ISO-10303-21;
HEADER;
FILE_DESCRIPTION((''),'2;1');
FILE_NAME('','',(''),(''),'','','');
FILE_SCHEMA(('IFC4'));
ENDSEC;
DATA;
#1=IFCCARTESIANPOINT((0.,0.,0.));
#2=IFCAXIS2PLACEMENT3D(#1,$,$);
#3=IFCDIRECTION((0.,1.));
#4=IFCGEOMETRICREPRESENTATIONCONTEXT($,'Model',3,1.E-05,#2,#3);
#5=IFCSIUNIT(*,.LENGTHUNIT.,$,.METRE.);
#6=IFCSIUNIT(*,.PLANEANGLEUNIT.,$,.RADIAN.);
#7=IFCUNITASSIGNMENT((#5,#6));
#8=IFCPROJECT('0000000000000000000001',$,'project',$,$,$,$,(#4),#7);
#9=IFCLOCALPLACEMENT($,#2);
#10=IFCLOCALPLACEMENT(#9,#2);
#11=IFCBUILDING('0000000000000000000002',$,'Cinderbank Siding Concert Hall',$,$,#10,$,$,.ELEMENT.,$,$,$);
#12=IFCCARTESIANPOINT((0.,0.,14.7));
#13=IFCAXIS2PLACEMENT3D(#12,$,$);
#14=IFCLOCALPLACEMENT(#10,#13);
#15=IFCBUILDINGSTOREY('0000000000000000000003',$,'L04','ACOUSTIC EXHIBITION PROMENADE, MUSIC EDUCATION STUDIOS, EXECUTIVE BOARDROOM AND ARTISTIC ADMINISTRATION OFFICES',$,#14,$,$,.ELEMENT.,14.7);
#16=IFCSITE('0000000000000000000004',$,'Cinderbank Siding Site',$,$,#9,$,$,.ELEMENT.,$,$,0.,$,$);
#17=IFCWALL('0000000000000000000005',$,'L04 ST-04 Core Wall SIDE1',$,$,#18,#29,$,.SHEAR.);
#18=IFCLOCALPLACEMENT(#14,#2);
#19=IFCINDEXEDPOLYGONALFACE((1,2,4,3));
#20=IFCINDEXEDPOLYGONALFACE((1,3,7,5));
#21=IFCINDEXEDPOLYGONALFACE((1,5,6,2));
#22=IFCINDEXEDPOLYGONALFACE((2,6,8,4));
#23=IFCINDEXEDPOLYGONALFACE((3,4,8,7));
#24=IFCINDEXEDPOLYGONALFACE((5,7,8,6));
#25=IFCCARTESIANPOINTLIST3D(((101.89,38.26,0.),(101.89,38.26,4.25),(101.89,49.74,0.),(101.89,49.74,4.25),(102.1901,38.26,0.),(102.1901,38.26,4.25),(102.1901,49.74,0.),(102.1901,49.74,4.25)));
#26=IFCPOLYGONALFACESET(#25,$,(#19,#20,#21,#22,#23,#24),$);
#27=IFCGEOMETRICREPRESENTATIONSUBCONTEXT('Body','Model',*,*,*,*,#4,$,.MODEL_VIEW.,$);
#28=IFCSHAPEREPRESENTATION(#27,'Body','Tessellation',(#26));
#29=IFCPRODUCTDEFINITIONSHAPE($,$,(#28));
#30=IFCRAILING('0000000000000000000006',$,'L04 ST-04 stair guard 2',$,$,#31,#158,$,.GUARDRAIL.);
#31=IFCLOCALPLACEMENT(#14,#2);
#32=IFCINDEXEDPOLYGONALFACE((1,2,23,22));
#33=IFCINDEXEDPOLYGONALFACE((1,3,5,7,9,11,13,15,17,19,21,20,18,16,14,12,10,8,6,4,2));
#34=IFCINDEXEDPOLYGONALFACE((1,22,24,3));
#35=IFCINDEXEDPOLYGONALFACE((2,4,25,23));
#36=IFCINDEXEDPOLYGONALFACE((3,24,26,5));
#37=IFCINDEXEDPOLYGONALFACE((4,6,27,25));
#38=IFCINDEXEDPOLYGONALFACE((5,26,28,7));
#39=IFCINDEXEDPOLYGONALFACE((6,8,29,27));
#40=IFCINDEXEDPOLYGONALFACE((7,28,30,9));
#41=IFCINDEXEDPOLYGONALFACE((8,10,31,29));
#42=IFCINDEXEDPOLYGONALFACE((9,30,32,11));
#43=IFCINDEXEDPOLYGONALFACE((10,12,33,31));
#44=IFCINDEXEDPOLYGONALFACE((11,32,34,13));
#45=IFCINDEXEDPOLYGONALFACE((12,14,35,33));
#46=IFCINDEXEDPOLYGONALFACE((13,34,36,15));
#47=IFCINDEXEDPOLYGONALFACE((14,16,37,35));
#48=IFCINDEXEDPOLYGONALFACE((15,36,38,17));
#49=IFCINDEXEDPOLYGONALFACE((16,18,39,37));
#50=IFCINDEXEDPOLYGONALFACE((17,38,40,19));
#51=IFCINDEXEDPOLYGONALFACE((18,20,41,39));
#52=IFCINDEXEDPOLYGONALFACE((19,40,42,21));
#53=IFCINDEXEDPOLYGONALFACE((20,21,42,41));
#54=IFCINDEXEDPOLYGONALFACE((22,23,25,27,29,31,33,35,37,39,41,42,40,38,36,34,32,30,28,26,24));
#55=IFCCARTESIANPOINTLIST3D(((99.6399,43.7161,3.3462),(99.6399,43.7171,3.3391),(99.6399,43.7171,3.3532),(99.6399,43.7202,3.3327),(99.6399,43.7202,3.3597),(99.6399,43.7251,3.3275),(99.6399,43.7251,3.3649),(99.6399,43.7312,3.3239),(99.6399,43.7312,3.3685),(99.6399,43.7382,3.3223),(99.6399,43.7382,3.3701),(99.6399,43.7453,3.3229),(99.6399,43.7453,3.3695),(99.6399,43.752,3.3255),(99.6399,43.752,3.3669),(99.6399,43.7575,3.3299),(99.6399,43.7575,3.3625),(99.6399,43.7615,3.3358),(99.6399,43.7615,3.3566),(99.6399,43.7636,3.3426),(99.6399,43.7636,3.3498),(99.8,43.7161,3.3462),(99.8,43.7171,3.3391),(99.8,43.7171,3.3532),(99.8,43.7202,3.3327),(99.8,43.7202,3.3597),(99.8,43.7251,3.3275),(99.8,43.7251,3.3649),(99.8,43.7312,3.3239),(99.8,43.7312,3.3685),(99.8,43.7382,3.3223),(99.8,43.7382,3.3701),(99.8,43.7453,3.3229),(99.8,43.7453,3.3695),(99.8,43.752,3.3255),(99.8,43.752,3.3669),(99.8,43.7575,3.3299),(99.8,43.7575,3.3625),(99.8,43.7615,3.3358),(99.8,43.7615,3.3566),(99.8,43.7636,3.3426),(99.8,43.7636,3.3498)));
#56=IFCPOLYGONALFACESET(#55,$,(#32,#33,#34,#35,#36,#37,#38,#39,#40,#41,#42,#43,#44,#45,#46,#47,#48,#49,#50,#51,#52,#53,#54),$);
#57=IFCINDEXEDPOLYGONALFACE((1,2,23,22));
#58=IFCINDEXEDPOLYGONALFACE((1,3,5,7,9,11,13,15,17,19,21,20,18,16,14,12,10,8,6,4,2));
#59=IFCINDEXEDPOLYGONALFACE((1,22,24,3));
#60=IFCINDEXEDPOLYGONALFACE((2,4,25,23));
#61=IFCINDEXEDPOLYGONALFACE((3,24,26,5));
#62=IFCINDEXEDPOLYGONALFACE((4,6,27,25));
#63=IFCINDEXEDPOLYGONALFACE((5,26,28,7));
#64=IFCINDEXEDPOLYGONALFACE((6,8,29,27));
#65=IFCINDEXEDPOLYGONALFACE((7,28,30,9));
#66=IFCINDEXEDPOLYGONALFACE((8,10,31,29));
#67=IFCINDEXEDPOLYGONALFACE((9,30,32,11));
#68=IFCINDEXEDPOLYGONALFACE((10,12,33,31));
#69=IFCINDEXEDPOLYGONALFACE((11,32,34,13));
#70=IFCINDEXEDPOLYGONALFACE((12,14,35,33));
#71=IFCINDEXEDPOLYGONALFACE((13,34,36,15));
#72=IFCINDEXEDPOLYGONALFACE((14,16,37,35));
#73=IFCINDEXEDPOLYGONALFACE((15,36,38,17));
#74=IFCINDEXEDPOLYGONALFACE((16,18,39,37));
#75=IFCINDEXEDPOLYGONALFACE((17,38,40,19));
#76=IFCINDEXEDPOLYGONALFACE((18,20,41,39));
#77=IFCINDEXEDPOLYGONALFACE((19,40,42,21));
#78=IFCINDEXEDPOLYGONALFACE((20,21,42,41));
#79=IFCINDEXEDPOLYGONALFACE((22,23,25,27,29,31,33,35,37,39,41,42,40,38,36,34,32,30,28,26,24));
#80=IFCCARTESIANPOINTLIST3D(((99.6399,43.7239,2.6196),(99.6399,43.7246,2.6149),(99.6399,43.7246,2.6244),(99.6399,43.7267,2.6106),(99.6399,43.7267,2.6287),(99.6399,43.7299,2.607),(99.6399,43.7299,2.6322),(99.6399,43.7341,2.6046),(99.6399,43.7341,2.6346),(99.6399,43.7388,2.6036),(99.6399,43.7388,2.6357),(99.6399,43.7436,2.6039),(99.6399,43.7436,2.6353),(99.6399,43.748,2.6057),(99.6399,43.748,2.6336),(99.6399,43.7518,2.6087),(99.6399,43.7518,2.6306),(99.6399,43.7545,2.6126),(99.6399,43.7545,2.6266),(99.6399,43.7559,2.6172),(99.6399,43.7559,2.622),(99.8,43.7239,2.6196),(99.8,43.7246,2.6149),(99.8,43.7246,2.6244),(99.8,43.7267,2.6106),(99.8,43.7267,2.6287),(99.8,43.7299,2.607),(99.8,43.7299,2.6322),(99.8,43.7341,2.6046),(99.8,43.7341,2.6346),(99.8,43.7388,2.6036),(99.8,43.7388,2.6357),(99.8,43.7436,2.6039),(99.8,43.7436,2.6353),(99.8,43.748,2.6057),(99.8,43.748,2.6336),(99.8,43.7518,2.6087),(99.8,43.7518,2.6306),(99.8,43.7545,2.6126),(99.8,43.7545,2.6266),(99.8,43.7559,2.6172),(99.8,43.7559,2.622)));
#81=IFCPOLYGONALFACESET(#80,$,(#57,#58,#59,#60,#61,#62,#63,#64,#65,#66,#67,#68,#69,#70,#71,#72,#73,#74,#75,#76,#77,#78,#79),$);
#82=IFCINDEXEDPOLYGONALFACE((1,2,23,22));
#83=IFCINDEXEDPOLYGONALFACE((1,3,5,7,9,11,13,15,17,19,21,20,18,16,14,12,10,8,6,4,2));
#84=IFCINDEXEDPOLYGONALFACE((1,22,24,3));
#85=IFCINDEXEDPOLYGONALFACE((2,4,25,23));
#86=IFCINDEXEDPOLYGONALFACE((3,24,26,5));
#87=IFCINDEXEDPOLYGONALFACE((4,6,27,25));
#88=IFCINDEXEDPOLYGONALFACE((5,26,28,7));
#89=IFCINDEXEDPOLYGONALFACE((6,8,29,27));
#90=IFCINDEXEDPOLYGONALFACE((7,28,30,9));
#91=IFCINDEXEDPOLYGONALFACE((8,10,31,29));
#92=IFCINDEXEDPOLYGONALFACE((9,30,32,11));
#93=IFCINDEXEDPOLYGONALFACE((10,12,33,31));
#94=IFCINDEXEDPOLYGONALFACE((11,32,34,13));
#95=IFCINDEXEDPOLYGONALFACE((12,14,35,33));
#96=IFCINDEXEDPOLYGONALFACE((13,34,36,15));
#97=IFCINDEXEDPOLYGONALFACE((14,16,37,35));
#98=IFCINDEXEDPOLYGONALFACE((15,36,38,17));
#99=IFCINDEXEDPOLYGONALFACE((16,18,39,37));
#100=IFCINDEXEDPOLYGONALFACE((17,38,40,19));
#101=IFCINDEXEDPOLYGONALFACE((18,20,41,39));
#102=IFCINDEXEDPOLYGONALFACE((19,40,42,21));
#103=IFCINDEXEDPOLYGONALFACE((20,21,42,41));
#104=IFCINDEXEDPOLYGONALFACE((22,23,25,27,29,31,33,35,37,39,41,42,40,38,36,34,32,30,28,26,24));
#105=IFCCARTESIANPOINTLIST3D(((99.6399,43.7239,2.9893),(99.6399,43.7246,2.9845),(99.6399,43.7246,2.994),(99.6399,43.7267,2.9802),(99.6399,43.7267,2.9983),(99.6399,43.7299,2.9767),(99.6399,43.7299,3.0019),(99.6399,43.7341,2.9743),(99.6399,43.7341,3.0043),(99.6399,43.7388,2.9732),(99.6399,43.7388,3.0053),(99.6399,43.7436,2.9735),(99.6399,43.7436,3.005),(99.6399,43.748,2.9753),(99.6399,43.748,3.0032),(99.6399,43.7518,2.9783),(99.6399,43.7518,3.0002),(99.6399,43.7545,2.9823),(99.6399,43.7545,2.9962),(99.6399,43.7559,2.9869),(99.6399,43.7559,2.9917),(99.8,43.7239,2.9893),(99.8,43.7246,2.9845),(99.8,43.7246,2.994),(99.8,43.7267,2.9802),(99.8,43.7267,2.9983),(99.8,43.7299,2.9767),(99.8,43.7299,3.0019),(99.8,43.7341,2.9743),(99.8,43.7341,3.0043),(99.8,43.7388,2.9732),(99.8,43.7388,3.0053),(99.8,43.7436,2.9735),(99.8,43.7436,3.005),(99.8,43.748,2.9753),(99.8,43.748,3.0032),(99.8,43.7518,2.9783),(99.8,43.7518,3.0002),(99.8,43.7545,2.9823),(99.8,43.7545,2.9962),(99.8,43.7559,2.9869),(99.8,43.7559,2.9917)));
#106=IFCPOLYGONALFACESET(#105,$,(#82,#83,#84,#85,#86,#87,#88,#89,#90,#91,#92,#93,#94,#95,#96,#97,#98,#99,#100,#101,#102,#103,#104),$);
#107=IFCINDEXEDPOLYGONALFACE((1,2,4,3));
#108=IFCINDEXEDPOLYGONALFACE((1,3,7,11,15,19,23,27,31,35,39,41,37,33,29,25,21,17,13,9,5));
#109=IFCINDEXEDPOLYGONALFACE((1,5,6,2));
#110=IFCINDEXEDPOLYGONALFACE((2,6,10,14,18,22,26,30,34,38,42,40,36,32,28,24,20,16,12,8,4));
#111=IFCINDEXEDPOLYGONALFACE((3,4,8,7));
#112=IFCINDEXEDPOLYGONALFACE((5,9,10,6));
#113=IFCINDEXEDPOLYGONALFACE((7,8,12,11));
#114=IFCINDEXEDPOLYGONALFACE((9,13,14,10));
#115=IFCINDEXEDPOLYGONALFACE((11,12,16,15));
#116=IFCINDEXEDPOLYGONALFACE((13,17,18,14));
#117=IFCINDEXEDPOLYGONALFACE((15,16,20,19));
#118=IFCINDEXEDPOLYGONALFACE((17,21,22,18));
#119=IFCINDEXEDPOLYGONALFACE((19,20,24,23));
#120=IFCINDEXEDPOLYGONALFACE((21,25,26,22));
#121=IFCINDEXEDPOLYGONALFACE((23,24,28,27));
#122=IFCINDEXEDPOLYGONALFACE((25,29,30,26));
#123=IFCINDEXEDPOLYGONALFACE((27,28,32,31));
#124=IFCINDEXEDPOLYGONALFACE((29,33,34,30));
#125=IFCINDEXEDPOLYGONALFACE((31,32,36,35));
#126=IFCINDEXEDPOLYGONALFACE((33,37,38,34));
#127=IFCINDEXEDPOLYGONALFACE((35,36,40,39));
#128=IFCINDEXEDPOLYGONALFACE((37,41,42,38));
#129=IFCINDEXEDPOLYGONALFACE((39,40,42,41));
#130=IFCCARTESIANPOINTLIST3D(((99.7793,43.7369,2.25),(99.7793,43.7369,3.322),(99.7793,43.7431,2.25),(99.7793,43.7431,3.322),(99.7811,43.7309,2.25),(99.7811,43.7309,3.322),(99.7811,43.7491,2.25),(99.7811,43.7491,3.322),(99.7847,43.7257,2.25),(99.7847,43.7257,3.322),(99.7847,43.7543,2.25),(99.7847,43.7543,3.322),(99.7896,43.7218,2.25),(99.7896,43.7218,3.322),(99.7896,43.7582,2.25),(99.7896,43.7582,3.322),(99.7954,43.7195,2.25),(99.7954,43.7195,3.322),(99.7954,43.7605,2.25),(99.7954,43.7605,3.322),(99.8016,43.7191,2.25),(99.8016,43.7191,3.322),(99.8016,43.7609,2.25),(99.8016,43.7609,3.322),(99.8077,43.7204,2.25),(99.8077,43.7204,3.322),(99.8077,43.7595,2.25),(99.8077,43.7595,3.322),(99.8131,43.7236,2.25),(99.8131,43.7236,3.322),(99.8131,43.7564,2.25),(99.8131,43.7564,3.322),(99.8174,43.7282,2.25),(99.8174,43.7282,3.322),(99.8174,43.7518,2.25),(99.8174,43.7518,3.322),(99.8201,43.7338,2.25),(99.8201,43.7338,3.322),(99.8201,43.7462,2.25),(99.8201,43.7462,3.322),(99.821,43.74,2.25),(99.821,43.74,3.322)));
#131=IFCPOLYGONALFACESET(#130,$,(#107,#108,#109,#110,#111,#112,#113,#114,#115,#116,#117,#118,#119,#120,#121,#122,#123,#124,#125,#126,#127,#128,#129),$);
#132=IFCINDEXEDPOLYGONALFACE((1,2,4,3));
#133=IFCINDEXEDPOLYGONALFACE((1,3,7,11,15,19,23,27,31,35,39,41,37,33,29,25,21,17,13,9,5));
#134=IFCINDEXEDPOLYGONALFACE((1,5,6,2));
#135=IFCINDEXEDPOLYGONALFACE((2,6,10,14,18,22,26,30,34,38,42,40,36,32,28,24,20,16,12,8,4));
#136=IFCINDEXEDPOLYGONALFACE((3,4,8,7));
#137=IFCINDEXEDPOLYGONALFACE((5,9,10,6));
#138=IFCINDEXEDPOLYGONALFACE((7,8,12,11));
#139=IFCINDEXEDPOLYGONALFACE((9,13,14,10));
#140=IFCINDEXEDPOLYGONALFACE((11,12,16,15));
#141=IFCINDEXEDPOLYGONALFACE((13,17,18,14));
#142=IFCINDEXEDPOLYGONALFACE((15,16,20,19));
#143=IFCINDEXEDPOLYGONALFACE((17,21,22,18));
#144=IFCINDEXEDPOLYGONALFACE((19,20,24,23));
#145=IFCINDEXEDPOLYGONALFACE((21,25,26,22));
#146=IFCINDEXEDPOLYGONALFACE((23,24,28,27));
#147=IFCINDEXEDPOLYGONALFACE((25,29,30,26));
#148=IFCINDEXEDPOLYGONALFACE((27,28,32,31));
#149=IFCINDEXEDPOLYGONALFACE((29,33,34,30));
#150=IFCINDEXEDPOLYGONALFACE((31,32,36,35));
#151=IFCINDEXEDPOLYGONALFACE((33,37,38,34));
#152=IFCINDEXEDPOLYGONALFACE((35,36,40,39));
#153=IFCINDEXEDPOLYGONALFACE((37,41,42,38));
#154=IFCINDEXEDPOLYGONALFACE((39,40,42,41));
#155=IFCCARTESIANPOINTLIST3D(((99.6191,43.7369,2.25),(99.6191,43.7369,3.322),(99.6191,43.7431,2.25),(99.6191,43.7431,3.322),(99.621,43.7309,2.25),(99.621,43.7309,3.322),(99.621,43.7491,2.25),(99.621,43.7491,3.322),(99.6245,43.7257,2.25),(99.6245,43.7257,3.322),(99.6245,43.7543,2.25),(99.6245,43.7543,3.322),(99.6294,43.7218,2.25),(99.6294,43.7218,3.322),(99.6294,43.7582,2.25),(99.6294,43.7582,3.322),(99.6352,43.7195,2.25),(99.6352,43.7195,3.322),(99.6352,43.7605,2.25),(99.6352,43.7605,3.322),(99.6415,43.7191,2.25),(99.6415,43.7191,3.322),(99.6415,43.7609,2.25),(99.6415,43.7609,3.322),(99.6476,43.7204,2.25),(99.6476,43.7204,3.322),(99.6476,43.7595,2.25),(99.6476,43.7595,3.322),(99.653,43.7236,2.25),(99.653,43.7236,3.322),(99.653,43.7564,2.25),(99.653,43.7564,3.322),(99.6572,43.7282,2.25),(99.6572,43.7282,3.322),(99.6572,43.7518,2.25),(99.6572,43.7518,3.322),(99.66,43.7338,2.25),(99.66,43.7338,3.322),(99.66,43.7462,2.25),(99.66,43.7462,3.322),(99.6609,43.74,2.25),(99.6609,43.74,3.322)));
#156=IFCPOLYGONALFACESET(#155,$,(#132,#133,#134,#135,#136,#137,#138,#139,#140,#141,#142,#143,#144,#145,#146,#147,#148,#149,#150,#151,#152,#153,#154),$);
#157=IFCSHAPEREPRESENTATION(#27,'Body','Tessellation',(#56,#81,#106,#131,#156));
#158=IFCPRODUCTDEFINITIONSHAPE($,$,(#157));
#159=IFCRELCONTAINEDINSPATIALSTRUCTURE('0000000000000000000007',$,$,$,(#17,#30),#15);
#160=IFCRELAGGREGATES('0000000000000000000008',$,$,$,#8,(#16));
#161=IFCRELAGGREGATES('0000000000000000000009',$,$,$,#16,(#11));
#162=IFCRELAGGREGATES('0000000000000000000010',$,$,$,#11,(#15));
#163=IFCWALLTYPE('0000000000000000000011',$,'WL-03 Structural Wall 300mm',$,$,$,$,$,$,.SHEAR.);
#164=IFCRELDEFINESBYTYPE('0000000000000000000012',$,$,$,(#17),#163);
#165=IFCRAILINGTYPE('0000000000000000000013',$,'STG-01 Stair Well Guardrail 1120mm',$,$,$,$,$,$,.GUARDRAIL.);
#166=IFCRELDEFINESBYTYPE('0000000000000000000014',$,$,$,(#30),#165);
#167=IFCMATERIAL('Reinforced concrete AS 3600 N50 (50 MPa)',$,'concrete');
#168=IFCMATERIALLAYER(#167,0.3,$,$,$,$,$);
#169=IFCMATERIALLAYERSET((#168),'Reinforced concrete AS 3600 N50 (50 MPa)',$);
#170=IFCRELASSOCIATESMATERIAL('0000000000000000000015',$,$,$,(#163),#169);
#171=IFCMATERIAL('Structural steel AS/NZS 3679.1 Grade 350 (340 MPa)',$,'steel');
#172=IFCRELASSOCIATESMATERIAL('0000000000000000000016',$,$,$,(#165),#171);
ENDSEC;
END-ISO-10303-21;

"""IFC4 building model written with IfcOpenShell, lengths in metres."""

from ifc_helpers import new_model, si_unit, direction, frame, frame_2d, origin, origin_2d, place, context, subcontext, project, spatial, rectangle, circle, extrude, material, layer, layer_set, type_object, element, save


model = new_model("IFC4")

# Units and contexts
model_context = context("Model", 3, precision=1e-05, world=origin(), true_north=direction((0.0, 1.0)))
body_context = subcontext(model_context, "Body", "Model", "MODEL_VIEW")
ifc_project = project(units=[si_unit("LENGTHUNIT", "METRE"), si_unit("PLANEANGLEUNIT", "RADIAN")], contexts=[model_context])

# Site, building, storey
site_placement = place(None, origin())
site = spatial("IfcSite", under=ifc_project, at=site_placement, Name="Cinderbank Siding Site", CompositionType="ELEMENT", RefElevation=0.0)
building_placement = place(site_placement, origin())
building = spatial("IfcBuilding", under=site, at=building_placement, Name="Cinderbank Siding Concert Hall", CompositionType="ELEMENT")
storey_placement = place(building_placement, frame((0.0, 0.0, 14.7)))
storey = spatial("IfcBuildingStorey", under=building, at=storey_placement, Name="L04", Description="ACOUSTIC EXHIBITION PROMENADE, MUSIC EDUCATION STUDIOS, EXECUTIVE BOARDROOM AND ARTISTIC ADMINISTRATION OFFICES", CompositionType="ELEMENT", Elevation=14.7)

# Shared definitions
ifc_material_1 = material(Name="Reinforced concrete AS 3600 N50 (50 MPa)", Category="concrete")

# Shared definitions
ifc_material_2 = material(Name="Structural steel AS/NZS 3679.1 Grade 350 (340 MPa)", Category="steel")

# Wall
ifc_layer_1 = layer(ifc_material_1, 0.3)
ifc_layer_set_1 = layer_set([ifc_layer_1], Name="Reinforced concrete AS 3600 N50 (50 MPa)")
wall_type_1 = type_object("IfcWallType", Name="WL-03 Structural Wall 300mm", PredefinedType="SHEAR", material=ifc_layer_set_1)
wall_1_placement = place(storey_placement, frame((102.04, 49.74, 0.0), z_axis=(0.0, 0.0, 1.0), x_axis=(0.0, -1.0, 0.0)))
element("IfcWall", 1, at=wall_1_placement, inside=storey, type_object=wall_type_1, Name="L04 ST-04 Core Wall SIDE1", PredefinedType="SHEAR", context=body_context, shape_type="SweptSolid", body=[
    extrude(rectangle(XDim=11.48, YDim=0.3, at=frame_2d((5.74, 0.0))), origin(), (0.0, 0.0, 1.0), 4.25),
])

# Railing
railing_type_1 = type_object("IfcRailingType", Name="STG-01 Stair Well Guardrail 1120mm", PredefinedType="GUARDRAIL", material=ifc_material_2)
railing_1_placement = place(storey_placement, frame((99.8, 43.74, 2.25)))
element("IfcRailing", 2, at=railing_1_placement, inside=storey, type_object=railing_type_1, Name="L04 ST-04 stair guard 2", PredefinedType="GUARDRAIL", context=body_context, shape_type="SweptSolid", body=[
    extrude(circle(Radius=0.0239, at=origin_2d()), frame((0.0, 0.0, 1.0962), z_axis=(-1.0, 0.0, 0.0), x_axis=(0.0, -1.0, 0.0)), (0.0, 0.0, 1.0), 0.1602),
    extrude(circle(Radius=0.0161, at=origin_2d()), frame((0.0, 0.0, 0.3696), z_axis=(-1.0, 0.0, 0.0), x_axis=(0.0, -1.0, 0.0)), (0.0, 0.0, 1.0), 0.1602),
    extrude(circle(Radius=0.0161, at=origin_2d()), frame((0.0, 0.0, 0.7393), z_axis=(-1.0, 0.0, 0.0), x_axis=(0.0, -1.0, 0.0)), (0.0, 0.0, 1.0), 0.1602),
    extrude(circle(Radius=0.021, at=origin_2d()), origin(), (0.0, 0.0, 1.0), 1.072),
    extrude(circle(Radius=0.021, at=origin_2d()), frame((-0.1602, 0.0, 0.0)), (0.0, 0.0, 1.0), 1.072),
])

save(model, "model.ifc")
